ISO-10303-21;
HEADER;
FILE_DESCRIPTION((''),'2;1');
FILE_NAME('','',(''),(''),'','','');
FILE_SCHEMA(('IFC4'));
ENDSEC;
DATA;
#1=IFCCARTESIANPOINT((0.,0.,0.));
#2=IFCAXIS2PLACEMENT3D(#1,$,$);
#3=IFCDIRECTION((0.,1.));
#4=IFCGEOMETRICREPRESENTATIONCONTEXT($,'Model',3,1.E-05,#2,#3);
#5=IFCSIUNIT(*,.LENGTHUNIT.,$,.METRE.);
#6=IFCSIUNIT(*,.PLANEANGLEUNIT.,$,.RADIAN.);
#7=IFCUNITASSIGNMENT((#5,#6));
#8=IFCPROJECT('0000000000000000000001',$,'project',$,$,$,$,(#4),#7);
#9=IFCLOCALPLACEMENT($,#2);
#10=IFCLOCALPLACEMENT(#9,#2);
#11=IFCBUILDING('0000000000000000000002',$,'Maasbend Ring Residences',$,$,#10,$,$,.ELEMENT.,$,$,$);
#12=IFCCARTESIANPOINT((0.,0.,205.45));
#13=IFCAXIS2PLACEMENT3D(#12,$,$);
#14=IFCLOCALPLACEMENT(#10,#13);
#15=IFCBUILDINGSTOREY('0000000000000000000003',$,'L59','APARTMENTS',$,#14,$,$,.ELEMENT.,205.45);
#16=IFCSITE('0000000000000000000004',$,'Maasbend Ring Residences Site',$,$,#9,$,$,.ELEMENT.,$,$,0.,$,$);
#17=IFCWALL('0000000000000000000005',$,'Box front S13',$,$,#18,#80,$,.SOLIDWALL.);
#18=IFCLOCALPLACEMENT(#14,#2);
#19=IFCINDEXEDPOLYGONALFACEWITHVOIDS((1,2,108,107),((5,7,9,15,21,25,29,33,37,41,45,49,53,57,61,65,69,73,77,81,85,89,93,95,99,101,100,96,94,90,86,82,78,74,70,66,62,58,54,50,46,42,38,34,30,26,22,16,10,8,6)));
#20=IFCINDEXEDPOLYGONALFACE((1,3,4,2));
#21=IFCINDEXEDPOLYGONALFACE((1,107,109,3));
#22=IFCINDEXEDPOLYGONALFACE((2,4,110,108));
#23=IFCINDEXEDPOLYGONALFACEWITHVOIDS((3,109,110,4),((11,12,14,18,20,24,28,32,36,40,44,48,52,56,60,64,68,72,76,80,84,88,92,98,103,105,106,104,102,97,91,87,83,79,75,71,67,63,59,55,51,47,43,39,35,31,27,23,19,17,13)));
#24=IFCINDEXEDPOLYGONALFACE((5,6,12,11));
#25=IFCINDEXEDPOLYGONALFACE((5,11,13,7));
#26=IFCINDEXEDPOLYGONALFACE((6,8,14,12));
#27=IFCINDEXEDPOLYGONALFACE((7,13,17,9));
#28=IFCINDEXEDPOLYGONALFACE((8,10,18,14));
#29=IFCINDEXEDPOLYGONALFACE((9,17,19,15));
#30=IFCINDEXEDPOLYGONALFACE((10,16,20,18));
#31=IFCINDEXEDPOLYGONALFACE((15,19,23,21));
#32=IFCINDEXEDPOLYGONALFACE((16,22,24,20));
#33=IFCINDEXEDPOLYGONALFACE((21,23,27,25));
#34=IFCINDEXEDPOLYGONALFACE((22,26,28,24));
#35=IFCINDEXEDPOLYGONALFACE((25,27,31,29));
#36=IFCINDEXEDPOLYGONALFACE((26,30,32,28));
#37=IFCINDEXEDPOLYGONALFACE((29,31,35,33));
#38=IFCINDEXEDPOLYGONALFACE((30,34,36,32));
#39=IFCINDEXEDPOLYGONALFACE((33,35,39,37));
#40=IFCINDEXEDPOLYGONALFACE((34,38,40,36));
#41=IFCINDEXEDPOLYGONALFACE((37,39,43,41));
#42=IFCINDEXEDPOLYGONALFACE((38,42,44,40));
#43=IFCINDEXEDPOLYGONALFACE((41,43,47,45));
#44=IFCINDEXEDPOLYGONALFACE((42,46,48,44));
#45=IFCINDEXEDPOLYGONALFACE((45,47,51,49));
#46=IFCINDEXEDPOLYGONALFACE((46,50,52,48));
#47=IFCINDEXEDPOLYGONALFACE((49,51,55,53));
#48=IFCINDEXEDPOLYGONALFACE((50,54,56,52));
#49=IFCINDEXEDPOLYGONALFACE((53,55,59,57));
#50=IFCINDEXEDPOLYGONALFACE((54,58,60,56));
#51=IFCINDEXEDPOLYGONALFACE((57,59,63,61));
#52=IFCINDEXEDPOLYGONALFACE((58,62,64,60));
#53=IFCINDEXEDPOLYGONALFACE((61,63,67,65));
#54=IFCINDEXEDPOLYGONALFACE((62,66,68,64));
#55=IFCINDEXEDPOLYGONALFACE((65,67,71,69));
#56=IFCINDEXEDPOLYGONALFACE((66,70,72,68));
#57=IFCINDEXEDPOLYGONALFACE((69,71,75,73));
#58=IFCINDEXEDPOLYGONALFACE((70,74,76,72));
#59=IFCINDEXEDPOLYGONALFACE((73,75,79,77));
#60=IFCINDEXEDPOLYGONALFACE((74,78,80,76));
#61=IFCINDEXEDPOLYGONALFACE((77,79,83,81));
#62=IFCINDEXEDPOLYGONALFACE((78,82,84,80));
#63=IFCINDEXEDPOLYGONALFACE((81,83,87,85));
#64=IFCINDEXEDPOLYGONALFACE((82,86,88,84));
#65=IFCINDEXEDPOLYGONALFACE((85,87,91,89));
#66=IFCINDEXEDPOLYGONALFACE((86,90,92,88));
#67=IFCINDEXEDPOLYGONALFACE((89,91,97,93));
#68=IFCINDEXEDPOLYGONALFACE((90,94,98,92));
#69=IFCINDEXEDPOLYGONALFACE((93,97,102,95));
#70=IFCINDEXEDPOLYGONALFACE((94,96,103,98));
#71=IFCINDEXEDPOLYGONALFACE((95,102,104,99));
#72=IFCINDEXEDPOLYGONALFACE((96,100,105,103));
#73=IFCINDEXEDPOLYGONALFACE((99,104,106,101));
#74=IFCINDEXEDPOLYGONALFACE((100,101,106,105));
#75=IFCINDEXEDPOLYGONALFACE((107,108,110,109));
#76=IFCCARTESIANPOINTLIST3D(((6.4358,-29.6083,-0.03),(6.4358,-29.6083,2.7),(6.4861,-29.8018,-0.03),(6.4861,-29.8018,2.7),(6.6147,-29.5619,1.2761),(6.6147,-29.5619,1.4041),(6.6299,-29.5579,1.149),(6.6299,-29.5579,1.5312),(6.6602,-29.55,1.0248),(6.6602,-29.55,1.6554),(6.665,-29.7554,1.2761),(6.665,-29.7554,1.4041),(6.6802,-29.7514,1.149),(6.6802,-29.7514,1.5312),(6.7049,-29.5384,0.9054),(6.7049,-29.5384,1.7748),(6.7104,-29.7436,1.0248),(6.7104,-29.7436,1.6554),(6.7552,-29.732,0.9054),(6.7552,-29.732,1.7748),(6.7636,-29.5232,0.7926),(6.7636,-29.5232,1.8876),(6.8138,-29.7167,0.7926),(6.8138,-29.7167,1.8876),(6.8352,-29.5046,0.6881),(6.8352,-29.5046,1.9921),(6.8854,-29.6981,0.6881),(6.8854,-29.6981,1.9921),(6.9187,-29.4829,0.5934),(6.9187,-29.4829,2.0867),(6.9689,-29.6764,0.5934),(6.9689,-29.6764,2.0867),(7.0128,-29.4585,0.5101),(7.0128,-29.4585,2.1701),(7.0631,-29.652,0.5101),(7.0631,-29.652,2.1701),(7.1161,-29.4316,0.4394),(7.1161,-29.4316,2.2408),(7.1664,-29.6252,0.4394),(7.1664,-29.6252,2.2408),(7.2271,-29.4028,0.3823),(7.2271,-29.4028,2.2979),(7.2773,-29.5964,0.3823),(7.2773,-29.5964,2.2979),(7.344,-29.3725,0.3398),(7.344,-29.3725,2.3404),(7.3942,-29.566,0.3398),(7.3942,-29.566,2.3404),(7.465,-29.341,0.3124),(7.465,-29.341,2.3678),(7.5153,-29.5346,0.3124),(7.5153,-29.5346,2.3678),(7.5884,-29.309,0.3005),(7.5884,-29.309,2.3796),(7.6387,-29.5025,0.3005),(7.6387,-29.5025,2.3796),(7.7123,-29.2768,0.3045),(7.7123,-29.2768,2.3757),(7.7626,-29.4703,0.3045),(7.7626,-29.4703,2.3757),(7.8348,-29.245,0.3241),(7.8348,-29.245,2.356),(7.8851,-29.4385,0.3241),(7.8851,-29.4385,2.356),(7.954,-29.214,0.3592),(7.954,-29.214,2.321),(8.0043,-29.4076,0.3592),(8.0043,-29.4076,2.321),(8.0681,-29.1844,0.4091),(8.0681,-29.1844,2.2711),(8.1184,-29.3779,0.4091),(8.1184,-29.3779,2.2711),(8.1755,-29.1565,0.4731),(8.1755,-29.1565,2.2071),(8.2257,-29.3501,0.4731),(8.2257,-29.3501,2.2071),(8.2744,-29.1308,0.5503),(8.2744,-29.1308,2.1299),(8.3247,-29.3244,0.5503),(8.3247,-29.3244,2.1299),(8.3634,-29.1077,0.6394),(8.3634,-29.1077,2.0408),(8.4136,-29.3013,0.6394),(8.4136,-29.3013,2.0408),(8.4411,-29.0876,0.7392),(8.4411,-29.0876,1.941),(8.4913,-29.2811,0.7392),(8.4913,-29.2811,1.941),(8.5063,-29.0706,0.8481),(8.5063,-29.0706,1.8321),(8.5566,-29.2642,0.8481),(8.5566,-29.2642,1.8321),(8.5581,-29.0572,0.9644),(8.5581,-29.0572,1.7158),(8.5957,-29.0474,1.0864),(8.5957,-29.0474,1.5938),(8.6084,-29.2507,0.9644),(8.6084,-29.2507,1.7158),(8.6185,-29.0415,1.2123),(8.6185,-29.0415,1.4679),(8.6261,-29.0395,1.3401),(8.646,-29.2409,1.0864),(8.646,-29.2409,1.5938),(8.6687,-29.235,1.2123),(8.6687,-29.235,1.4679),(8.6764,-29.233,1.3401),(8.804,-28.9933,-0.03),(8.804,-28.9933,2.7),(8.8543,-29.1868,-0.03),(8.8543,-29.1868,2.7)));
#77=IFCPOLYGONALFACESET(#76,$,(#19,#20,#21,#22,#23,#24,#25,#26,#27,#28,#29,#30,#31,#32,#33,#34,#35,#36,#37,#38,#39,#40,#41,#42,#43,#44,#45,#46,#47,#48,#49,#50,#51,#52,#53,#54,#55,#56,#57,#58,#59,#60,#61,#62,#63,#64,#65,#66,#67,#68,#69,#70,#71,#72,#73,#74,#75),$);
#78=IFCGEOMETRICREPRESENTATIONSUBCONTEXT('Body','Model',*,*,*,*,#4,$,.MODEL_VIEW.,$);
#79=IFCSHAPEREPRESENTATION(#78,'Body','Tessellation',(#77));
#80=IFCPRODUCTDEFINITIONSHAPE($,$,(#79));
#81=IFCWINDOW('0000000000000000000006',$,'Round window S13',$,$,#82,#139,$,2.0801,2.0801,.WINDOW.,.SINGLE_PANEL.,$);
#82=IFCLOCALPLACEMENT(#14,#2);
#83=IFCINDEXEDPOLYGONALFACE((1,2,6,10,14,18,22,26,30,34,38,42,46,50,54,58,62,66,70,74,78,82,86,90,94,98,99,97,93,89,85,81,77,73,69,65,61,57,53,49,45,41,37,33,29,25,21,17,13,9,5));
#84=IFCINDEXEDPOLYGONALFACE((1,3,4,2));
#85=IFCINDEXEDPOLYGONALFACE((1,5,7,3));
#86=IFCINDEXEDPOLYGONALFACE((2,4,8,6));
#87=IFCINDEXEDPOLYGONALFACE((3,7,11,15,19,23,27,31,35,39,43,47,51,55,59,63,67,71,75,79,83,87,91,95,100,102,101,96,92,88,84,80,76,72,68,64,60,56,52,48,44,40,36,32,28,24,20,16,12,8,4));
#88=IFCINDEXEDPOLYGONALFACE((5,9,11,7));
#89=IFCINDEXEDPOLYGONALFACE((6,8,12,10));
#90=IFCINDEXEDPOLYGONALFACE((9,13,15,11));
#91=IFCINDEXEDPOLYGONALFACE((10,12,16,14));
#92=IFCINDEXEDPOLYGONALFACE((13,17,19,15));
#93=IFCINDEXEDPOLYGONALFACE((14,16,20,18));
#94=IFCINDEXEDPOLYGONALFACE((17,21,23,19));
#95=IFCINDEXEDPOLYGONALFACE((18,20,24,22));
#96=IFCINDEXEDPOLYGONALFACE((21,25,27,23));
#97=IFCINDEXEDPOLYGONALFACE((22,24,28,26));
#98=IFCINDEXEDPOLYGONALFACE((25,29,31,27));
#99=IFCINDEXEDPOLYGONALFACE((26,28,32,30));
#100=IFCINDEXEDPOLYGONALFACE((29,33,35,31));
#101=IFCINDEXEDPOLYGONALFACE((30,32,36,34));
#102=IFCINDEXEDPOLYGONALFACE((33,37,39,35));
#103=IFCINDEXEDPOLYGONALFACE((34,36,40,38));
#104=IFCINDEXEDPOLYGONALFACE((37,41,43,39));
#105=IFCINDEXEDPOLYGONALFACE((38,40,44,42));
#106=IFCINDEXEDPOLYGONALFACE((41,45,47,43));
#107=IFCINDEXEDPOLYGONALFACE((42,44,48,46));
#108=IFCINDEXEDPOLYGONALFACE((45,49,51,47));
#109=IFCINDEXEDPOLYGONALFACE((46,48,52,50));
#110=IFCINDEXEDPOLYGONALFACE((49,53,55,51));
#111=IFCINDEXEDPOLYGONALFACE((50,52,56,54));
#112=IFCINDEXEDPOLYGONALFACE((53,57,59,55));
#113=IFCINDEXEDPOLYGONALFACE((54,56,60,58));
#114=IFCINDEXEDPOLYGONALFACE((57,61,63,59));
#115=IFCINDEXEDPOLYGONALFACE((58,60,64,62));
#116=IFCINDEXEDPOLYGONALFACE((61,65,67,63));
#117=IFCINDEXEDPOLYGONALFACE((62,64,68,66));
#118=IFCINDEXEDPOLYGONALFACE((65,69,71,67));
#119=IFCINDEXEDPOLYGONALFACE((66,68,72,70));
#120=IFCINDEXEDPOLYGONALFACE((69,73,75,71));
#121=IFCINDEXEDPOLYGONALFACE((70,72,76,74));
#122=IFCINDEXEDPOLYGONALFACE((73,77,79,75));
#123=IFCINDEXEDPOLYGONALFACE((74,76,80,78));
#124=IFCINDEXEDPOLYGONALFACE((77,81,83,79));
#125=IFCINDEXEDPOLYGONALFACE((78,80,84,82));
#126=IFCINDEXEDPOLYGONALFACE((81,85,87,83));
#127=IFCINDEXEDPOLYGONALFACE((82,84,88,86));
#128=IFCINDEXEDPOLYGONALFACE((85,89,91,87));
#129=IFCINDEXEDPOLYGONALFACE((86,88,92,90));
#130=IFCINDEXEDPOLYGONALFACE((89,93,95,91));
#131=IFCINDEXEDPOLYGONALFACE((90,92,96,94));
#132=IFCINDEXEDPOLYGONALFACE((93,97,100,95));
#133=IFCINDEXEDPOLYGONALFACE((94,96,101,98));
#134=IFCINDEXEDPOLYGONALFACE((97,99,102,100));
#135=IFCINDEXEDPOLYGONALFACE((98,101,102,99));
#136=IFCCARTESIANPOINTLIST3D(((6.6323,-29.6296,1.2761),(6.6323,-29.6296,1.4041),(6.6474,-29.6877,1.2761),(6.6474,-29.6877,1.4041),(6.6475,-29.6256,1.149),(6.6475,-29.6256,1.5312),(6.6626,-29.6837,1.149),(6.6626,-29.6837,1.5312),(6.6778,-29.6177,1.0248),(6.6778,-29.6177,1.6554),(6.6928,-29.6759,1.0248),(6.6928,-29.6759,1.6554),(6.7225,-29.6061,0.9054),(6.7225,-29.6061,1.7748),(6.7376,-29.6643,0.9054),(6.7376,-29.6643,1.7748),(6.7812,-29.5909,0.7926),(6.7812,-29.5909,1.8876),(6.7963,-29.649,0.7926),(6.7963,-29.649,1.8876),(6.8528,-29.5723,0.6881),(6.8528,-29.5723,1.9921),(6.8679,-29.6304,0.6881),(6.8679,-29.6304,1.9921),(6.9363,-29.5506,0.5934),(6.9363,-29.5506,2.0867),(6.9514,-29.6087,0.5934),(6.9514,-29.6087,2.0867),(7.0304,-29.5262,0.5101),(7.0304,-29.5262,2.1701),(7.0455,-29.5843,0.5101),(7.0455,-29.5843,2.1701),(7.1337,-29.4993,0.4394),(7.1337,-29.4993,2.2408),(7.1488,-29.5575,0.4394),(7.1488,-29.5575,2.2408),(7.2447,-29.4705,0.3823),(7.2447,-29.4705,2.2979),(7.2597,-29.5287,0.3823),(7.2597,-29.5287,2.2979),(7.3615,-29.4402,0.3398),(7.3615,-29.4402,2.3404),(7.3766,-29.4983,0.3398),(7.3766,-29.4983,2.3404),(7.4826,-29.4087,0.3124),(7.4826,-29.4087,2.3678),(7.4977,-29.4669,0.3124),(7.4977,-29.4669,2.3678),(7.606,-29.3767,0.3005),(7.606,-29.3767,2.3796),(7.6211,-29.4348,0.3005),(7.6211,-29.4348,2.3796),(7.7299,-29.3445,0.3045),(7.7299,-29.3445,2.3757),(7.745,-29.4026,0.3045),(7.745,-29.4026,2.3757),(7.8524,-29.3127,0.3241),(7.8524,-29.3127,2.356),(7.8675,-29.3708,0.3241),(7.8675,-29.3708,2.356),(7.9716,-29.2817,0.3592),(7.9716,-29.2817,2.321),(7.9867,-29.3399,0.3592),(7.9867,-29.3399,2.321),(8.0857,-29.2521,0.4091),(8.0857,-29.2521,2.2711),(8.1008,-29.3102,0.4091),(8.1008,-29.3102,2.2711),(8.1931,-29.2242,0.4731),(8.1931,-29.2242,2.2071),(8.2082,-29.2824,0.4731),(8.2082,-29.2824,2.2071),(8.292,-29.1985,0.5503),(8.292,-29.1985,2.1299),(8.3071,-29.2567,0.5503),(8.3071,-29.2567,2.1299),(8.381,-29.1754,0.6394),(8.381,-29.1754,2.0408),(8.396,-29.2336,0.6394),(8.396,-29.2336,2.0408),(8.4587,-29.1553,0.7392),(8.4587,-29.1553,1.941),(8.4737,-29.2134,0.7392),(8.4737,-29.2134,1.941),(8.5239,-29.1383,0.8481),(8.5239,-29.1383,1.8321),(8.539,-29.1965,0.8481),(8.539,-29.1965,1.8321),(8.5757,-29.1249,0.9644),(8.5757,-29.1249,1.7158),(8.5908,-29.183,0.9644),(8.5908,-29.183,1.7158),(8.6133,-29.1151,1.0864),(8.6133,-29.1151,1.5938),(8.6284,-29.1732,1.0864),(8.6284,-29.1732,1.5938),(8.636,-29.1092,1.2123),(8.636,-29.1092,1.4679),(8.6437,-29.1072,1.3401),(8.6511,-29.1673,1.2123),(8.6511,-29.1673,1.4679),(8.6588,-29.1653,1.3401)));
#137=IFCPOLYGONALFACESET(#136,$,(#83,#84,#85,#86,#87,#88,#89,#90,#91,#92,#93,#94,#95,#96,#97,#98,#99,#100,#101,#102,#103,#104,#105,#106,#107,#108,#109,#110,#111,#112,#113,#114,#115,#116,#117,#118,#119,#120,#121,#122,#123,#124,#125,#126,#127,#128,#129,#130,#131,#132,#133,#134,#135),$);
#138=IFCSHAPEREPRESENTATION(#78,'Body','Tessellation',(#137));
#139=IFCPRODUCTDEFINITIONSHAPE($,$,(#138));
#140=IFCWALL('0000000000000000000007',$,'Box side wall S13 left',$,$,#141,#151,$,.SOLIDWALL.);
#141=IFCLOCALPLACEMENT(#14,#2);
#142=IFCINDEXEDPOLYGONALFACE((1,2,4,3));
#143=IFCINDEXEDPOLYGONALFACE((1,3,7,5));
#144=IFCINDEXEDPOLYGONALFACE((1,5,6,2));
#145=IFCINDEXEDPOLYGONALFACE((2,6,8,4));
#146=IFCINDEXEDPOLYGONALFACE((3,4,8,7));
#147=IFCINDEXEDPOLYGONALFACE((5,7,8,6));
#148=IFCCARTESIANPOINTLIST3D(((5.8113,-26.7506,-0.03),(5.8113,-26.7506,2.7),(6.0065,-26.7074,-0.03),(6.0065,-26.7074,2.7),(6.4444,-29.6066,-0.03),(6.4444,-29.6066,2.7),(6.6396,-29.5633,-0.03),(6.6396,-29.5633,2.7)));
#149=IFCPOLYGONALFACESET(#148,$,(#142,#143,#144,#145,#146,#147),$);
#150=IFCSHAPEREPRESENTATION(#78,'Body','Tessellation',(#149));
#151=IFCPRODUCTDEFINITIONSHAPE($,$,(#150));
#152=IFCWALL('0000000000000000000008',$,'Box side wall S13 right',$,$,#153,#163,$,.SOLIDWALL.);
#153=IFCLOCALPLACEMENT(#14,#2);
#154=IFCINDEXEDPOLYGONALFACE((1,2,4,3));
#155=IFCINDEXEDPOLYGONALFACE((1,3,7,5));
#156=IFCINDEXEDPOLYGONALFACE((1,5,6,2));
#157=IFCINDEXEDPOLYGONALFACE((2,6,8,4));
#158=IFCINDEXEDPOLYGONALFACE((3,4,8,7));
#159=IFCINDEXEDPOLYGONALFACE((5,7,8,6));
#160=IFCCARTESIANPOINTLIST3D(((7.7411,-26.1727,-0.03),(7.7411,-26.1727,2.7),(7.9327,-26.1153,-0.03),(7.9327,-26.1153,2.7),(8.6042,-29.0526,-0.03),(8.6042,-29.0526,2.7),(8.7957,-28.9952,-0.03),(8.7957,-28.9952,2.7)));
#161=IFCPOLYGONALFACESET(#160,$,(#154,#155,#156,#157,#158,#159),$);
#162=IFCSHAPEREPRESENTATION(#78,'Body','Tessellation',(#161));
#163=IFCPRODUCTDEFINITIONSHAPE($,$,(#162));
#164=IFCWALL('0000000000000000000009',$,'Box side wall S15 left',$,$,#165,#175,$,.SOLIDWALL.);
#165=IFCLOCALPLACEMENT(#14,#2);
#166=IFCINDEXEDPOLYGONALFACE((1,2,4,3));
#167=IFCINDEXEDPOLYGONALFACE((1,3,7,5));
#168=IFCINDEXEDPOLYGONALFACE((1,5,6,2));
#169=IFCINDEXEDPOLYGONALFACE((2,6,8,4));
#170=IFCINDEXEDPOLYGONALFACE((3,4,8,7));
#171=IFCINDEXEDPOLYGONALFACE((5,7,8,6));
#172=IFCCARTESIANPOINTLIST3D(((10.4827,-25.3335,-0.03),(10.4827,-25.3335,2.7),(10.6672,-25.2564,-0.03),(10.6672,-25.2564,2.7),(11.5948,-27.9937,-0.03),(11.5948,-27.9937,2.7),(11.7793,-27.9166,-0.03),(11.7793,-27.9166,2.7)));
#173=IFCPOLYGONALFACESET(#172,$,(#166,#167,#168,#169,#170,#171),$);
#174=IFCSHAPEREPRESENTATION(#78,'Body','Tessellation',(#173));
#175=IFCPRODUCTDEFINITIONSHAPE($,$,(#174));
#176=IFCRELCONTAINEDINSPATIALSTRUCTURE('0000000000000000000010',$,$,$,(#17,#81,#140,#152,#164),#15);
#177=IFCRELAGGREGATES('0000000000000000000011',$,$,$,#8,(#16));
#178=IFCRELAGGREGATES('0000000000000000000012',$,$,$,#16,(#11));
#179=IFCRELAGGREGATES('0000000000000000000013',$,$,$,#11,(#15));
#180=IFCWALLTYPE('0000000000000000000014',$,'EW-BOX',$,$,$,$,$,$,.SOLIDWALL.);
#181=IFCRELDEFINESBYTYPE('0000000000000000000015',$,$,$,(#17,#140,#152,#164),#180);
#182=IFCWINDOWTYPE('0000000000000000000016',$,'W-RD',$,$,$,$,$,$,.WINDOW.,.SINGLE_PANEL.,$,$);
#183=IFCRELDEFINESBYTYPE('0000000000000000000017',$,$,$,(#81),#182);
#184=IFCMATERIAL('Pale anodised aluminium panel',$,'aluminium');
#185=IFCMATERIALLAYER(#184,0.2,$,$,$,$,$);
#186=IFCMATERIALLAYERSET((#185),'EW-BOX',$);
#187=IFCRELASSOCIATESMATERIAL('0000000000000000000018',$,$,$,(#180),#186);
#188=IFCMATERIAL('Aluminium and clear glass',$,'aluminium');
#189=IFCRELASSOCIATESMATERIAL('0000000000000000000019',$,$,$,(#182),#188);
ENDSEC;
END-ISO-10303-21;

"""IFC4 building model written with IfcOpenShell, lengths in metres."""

from ifc_helpers import new_model, si_unit, direction, frame, frame_2d, origin, place, context, subcontext, project, spatial, rectangle, circle, extrude, material, layer, layer_set, type_object, element, fill, save


model = new_model("IFC4")

# Units and contexts
model_context = context("Model", 3, precision=1e-05, world=origin(), true_north=direction((0.0, 1.0)))
body_context = subcontext(model_context, "Body", "Model", "MODEL_VIEW")
ifc_project = project(units=[si_unit("LENGTHUNIT", "METRE"), si_unit("PLANEANGLEUNIT", "RADIAN")], contexts=[model_context])

# Site, building, storey
site_placement = place(None, origin())
site = spatial("IfcSite", under=ifc_project, at=site_placement, Name="Maasbend Ring Residences Site", CompositionType="ELEMENT", RefElevation=0.0)
building_placement = place(site_placement, origin())
building = spatial("IfcBuilding", under=site, at=building_placement, Name="Maasbend Ring Residences", CompositionType="ELEMENT")
storey_placement = place(building_placement, frame((0.0, 0.0, 205.45)))
storey = spatial("IfcBuildingStorey", under=building, at=storey_placement, Name="L59", Description="APARTMENTS", CompositionType="ELEMENT", Elevation=205.45)

# Shared definitions
ifc_material_1 = material(Name="Pale anodised aluminium panel", Category="aluminium")
ifc_layer_1 = layer(ifc_material_1, 0.2)
ifc_layer_set_1 = layer_set([ifc_layer_1], Name="EW-BOX")
wall_type_1 = type_object("IfcWallType", Name="EW-BOX", PredefinedType="SOLIDWALL", material=ifc_layer_set_1)

# Wall, opening, window
wall_1_placement = place(storey_placement, frame((6.4609, -29.7051, -0.03), z_axis=(0.0, 0.0, 1.0), x_axis=(0.967895, 0.251353, 0.0)))
wall_1 = element("IfcWall", 1, at=wall_1_placement, inside=storey, type_object=wall_type_1, Name="Box front S13", PredefinedType="SOLIDWALL", context=body_context, shape_type="SweptSolid", body=[
    extrude(rectangle(XDim=2.4468, YDim=0.2, at=frame_2d((1.2234, 0.0))), origin(), (0.0, 0.0, 1.0), 2.73),
])
opening_1_placement = place(wall_1_placement, frame((0.1829, 0.0, 0.3301)))
opening_1 = element("IfcOpeningElement", 2, at=opening_1_placement, cuts=wall_1, PredefinedType="OPENING", context=body_context, shape_type="SweptSolid", body=[
    extrude(circle(Radius=1.04, at=frame_2d((1.04, 1.04))), frame((0.0, 0.1099, 0.0), z_axis=(0.0, -1.0, 0.0), x_axis=(1.0, 0.0, 0.0)), (0.0, 0.0, 1.0), 0.22),
])
ifc_material_2 = material(Name="Aluminium and clear glass", Category="aluminium")
window_type_1 = type_object("IfcWindowType", Name="W-RD", PartitioningType="SINGLE_PANEL", PredefinedType="WINDOW", material=ifc_material_2)
window_1_placement = place(opening_1_placement, origin())
window_1 = element("IfcWindow", 3, at=window_1_placement, inside=storey, type_object=window_type_1, Name="Round window S13", OverallHeight=2.0801, OverallWidth=2.0801, PartitioningType="SINGLE_PANEL", PredefinedType="WINDOW", context=body_context, shape_type="SweptSolid", body=[
    extrude(circle(Radius=1.04, at=frame_2d((1.04, 1.04))), frame((0.0, 0.03, 0.0), z_axis=(0.0, -1.0, 0.0), x_axis=(1.0, 0.0, 0.0)), (0.0, 0.0, 1.0), 0.0601),
])
fill(opening_1, window_1)

# Walls
wall_2_placement = place(storey_placement, frame((5.9089, -26.729, -0.03), z_axis=(0.0, 0.0, 1.0), x_axis=(0.216409, -0.976303, 0.0)))
element("IfcWall", 4, at=wall_2_placement, inside=storey, type_object=wall_type_1, Name="Box side wall S13 left", PredefinedType="SOLIDWALL", context=body_context, shape_type="SweptSolid", body=[
    extrude(rectangle(XDim=2.9253, YDim=0.2, at=frame_2d((1.4626, 0.0))), origin(), (0.0, 0.0, 1.0), 2.73),
])
wall_3_placement = place(storey_placement, frame((7.8369, -26.144, -0.03), z_axis=(0.0, 0.0, 1.0), x_axis=(0.287065, -0.957911, 0.0)))
element("IfcWall", 5, at=wall_3_placement, inside=storey, type_object=wall_type_1, Name="Box side wall S13 right", PredefinedType="SOLIDWALL", context=body_context, shape_type="SweptSolid", body=[
    extrude(rectangle(XDim=3.0063, YDim=0.2, at=frame_2d((1.5032, 0.0))), origin(), (0.0, 0.0, 1.0), 2.73),
])
wall_4_placement = place(storey_placement, frame((10.575, -25.2949, -0.03), z_axis=(0.0, 0.0, 1.0), x_axis=(0.385697, -0.922625, 0.0)))
element("IfcWall", 6, at=wall_4_placement, inside=storey, type_object=wall_type_1, Name="Box side wall S15 left", PredefinedType="SOLIDWALL", context=body_context, shape_type="SweptSolid", body=[
    extrude(rectangle(XDim=2.8833, YDim=0.2, at=frame_2d((1.4417, 0.0))), origin(), (0.0, 0.0, 1.0), 2.73),
])

save(model, "model.ifc")
